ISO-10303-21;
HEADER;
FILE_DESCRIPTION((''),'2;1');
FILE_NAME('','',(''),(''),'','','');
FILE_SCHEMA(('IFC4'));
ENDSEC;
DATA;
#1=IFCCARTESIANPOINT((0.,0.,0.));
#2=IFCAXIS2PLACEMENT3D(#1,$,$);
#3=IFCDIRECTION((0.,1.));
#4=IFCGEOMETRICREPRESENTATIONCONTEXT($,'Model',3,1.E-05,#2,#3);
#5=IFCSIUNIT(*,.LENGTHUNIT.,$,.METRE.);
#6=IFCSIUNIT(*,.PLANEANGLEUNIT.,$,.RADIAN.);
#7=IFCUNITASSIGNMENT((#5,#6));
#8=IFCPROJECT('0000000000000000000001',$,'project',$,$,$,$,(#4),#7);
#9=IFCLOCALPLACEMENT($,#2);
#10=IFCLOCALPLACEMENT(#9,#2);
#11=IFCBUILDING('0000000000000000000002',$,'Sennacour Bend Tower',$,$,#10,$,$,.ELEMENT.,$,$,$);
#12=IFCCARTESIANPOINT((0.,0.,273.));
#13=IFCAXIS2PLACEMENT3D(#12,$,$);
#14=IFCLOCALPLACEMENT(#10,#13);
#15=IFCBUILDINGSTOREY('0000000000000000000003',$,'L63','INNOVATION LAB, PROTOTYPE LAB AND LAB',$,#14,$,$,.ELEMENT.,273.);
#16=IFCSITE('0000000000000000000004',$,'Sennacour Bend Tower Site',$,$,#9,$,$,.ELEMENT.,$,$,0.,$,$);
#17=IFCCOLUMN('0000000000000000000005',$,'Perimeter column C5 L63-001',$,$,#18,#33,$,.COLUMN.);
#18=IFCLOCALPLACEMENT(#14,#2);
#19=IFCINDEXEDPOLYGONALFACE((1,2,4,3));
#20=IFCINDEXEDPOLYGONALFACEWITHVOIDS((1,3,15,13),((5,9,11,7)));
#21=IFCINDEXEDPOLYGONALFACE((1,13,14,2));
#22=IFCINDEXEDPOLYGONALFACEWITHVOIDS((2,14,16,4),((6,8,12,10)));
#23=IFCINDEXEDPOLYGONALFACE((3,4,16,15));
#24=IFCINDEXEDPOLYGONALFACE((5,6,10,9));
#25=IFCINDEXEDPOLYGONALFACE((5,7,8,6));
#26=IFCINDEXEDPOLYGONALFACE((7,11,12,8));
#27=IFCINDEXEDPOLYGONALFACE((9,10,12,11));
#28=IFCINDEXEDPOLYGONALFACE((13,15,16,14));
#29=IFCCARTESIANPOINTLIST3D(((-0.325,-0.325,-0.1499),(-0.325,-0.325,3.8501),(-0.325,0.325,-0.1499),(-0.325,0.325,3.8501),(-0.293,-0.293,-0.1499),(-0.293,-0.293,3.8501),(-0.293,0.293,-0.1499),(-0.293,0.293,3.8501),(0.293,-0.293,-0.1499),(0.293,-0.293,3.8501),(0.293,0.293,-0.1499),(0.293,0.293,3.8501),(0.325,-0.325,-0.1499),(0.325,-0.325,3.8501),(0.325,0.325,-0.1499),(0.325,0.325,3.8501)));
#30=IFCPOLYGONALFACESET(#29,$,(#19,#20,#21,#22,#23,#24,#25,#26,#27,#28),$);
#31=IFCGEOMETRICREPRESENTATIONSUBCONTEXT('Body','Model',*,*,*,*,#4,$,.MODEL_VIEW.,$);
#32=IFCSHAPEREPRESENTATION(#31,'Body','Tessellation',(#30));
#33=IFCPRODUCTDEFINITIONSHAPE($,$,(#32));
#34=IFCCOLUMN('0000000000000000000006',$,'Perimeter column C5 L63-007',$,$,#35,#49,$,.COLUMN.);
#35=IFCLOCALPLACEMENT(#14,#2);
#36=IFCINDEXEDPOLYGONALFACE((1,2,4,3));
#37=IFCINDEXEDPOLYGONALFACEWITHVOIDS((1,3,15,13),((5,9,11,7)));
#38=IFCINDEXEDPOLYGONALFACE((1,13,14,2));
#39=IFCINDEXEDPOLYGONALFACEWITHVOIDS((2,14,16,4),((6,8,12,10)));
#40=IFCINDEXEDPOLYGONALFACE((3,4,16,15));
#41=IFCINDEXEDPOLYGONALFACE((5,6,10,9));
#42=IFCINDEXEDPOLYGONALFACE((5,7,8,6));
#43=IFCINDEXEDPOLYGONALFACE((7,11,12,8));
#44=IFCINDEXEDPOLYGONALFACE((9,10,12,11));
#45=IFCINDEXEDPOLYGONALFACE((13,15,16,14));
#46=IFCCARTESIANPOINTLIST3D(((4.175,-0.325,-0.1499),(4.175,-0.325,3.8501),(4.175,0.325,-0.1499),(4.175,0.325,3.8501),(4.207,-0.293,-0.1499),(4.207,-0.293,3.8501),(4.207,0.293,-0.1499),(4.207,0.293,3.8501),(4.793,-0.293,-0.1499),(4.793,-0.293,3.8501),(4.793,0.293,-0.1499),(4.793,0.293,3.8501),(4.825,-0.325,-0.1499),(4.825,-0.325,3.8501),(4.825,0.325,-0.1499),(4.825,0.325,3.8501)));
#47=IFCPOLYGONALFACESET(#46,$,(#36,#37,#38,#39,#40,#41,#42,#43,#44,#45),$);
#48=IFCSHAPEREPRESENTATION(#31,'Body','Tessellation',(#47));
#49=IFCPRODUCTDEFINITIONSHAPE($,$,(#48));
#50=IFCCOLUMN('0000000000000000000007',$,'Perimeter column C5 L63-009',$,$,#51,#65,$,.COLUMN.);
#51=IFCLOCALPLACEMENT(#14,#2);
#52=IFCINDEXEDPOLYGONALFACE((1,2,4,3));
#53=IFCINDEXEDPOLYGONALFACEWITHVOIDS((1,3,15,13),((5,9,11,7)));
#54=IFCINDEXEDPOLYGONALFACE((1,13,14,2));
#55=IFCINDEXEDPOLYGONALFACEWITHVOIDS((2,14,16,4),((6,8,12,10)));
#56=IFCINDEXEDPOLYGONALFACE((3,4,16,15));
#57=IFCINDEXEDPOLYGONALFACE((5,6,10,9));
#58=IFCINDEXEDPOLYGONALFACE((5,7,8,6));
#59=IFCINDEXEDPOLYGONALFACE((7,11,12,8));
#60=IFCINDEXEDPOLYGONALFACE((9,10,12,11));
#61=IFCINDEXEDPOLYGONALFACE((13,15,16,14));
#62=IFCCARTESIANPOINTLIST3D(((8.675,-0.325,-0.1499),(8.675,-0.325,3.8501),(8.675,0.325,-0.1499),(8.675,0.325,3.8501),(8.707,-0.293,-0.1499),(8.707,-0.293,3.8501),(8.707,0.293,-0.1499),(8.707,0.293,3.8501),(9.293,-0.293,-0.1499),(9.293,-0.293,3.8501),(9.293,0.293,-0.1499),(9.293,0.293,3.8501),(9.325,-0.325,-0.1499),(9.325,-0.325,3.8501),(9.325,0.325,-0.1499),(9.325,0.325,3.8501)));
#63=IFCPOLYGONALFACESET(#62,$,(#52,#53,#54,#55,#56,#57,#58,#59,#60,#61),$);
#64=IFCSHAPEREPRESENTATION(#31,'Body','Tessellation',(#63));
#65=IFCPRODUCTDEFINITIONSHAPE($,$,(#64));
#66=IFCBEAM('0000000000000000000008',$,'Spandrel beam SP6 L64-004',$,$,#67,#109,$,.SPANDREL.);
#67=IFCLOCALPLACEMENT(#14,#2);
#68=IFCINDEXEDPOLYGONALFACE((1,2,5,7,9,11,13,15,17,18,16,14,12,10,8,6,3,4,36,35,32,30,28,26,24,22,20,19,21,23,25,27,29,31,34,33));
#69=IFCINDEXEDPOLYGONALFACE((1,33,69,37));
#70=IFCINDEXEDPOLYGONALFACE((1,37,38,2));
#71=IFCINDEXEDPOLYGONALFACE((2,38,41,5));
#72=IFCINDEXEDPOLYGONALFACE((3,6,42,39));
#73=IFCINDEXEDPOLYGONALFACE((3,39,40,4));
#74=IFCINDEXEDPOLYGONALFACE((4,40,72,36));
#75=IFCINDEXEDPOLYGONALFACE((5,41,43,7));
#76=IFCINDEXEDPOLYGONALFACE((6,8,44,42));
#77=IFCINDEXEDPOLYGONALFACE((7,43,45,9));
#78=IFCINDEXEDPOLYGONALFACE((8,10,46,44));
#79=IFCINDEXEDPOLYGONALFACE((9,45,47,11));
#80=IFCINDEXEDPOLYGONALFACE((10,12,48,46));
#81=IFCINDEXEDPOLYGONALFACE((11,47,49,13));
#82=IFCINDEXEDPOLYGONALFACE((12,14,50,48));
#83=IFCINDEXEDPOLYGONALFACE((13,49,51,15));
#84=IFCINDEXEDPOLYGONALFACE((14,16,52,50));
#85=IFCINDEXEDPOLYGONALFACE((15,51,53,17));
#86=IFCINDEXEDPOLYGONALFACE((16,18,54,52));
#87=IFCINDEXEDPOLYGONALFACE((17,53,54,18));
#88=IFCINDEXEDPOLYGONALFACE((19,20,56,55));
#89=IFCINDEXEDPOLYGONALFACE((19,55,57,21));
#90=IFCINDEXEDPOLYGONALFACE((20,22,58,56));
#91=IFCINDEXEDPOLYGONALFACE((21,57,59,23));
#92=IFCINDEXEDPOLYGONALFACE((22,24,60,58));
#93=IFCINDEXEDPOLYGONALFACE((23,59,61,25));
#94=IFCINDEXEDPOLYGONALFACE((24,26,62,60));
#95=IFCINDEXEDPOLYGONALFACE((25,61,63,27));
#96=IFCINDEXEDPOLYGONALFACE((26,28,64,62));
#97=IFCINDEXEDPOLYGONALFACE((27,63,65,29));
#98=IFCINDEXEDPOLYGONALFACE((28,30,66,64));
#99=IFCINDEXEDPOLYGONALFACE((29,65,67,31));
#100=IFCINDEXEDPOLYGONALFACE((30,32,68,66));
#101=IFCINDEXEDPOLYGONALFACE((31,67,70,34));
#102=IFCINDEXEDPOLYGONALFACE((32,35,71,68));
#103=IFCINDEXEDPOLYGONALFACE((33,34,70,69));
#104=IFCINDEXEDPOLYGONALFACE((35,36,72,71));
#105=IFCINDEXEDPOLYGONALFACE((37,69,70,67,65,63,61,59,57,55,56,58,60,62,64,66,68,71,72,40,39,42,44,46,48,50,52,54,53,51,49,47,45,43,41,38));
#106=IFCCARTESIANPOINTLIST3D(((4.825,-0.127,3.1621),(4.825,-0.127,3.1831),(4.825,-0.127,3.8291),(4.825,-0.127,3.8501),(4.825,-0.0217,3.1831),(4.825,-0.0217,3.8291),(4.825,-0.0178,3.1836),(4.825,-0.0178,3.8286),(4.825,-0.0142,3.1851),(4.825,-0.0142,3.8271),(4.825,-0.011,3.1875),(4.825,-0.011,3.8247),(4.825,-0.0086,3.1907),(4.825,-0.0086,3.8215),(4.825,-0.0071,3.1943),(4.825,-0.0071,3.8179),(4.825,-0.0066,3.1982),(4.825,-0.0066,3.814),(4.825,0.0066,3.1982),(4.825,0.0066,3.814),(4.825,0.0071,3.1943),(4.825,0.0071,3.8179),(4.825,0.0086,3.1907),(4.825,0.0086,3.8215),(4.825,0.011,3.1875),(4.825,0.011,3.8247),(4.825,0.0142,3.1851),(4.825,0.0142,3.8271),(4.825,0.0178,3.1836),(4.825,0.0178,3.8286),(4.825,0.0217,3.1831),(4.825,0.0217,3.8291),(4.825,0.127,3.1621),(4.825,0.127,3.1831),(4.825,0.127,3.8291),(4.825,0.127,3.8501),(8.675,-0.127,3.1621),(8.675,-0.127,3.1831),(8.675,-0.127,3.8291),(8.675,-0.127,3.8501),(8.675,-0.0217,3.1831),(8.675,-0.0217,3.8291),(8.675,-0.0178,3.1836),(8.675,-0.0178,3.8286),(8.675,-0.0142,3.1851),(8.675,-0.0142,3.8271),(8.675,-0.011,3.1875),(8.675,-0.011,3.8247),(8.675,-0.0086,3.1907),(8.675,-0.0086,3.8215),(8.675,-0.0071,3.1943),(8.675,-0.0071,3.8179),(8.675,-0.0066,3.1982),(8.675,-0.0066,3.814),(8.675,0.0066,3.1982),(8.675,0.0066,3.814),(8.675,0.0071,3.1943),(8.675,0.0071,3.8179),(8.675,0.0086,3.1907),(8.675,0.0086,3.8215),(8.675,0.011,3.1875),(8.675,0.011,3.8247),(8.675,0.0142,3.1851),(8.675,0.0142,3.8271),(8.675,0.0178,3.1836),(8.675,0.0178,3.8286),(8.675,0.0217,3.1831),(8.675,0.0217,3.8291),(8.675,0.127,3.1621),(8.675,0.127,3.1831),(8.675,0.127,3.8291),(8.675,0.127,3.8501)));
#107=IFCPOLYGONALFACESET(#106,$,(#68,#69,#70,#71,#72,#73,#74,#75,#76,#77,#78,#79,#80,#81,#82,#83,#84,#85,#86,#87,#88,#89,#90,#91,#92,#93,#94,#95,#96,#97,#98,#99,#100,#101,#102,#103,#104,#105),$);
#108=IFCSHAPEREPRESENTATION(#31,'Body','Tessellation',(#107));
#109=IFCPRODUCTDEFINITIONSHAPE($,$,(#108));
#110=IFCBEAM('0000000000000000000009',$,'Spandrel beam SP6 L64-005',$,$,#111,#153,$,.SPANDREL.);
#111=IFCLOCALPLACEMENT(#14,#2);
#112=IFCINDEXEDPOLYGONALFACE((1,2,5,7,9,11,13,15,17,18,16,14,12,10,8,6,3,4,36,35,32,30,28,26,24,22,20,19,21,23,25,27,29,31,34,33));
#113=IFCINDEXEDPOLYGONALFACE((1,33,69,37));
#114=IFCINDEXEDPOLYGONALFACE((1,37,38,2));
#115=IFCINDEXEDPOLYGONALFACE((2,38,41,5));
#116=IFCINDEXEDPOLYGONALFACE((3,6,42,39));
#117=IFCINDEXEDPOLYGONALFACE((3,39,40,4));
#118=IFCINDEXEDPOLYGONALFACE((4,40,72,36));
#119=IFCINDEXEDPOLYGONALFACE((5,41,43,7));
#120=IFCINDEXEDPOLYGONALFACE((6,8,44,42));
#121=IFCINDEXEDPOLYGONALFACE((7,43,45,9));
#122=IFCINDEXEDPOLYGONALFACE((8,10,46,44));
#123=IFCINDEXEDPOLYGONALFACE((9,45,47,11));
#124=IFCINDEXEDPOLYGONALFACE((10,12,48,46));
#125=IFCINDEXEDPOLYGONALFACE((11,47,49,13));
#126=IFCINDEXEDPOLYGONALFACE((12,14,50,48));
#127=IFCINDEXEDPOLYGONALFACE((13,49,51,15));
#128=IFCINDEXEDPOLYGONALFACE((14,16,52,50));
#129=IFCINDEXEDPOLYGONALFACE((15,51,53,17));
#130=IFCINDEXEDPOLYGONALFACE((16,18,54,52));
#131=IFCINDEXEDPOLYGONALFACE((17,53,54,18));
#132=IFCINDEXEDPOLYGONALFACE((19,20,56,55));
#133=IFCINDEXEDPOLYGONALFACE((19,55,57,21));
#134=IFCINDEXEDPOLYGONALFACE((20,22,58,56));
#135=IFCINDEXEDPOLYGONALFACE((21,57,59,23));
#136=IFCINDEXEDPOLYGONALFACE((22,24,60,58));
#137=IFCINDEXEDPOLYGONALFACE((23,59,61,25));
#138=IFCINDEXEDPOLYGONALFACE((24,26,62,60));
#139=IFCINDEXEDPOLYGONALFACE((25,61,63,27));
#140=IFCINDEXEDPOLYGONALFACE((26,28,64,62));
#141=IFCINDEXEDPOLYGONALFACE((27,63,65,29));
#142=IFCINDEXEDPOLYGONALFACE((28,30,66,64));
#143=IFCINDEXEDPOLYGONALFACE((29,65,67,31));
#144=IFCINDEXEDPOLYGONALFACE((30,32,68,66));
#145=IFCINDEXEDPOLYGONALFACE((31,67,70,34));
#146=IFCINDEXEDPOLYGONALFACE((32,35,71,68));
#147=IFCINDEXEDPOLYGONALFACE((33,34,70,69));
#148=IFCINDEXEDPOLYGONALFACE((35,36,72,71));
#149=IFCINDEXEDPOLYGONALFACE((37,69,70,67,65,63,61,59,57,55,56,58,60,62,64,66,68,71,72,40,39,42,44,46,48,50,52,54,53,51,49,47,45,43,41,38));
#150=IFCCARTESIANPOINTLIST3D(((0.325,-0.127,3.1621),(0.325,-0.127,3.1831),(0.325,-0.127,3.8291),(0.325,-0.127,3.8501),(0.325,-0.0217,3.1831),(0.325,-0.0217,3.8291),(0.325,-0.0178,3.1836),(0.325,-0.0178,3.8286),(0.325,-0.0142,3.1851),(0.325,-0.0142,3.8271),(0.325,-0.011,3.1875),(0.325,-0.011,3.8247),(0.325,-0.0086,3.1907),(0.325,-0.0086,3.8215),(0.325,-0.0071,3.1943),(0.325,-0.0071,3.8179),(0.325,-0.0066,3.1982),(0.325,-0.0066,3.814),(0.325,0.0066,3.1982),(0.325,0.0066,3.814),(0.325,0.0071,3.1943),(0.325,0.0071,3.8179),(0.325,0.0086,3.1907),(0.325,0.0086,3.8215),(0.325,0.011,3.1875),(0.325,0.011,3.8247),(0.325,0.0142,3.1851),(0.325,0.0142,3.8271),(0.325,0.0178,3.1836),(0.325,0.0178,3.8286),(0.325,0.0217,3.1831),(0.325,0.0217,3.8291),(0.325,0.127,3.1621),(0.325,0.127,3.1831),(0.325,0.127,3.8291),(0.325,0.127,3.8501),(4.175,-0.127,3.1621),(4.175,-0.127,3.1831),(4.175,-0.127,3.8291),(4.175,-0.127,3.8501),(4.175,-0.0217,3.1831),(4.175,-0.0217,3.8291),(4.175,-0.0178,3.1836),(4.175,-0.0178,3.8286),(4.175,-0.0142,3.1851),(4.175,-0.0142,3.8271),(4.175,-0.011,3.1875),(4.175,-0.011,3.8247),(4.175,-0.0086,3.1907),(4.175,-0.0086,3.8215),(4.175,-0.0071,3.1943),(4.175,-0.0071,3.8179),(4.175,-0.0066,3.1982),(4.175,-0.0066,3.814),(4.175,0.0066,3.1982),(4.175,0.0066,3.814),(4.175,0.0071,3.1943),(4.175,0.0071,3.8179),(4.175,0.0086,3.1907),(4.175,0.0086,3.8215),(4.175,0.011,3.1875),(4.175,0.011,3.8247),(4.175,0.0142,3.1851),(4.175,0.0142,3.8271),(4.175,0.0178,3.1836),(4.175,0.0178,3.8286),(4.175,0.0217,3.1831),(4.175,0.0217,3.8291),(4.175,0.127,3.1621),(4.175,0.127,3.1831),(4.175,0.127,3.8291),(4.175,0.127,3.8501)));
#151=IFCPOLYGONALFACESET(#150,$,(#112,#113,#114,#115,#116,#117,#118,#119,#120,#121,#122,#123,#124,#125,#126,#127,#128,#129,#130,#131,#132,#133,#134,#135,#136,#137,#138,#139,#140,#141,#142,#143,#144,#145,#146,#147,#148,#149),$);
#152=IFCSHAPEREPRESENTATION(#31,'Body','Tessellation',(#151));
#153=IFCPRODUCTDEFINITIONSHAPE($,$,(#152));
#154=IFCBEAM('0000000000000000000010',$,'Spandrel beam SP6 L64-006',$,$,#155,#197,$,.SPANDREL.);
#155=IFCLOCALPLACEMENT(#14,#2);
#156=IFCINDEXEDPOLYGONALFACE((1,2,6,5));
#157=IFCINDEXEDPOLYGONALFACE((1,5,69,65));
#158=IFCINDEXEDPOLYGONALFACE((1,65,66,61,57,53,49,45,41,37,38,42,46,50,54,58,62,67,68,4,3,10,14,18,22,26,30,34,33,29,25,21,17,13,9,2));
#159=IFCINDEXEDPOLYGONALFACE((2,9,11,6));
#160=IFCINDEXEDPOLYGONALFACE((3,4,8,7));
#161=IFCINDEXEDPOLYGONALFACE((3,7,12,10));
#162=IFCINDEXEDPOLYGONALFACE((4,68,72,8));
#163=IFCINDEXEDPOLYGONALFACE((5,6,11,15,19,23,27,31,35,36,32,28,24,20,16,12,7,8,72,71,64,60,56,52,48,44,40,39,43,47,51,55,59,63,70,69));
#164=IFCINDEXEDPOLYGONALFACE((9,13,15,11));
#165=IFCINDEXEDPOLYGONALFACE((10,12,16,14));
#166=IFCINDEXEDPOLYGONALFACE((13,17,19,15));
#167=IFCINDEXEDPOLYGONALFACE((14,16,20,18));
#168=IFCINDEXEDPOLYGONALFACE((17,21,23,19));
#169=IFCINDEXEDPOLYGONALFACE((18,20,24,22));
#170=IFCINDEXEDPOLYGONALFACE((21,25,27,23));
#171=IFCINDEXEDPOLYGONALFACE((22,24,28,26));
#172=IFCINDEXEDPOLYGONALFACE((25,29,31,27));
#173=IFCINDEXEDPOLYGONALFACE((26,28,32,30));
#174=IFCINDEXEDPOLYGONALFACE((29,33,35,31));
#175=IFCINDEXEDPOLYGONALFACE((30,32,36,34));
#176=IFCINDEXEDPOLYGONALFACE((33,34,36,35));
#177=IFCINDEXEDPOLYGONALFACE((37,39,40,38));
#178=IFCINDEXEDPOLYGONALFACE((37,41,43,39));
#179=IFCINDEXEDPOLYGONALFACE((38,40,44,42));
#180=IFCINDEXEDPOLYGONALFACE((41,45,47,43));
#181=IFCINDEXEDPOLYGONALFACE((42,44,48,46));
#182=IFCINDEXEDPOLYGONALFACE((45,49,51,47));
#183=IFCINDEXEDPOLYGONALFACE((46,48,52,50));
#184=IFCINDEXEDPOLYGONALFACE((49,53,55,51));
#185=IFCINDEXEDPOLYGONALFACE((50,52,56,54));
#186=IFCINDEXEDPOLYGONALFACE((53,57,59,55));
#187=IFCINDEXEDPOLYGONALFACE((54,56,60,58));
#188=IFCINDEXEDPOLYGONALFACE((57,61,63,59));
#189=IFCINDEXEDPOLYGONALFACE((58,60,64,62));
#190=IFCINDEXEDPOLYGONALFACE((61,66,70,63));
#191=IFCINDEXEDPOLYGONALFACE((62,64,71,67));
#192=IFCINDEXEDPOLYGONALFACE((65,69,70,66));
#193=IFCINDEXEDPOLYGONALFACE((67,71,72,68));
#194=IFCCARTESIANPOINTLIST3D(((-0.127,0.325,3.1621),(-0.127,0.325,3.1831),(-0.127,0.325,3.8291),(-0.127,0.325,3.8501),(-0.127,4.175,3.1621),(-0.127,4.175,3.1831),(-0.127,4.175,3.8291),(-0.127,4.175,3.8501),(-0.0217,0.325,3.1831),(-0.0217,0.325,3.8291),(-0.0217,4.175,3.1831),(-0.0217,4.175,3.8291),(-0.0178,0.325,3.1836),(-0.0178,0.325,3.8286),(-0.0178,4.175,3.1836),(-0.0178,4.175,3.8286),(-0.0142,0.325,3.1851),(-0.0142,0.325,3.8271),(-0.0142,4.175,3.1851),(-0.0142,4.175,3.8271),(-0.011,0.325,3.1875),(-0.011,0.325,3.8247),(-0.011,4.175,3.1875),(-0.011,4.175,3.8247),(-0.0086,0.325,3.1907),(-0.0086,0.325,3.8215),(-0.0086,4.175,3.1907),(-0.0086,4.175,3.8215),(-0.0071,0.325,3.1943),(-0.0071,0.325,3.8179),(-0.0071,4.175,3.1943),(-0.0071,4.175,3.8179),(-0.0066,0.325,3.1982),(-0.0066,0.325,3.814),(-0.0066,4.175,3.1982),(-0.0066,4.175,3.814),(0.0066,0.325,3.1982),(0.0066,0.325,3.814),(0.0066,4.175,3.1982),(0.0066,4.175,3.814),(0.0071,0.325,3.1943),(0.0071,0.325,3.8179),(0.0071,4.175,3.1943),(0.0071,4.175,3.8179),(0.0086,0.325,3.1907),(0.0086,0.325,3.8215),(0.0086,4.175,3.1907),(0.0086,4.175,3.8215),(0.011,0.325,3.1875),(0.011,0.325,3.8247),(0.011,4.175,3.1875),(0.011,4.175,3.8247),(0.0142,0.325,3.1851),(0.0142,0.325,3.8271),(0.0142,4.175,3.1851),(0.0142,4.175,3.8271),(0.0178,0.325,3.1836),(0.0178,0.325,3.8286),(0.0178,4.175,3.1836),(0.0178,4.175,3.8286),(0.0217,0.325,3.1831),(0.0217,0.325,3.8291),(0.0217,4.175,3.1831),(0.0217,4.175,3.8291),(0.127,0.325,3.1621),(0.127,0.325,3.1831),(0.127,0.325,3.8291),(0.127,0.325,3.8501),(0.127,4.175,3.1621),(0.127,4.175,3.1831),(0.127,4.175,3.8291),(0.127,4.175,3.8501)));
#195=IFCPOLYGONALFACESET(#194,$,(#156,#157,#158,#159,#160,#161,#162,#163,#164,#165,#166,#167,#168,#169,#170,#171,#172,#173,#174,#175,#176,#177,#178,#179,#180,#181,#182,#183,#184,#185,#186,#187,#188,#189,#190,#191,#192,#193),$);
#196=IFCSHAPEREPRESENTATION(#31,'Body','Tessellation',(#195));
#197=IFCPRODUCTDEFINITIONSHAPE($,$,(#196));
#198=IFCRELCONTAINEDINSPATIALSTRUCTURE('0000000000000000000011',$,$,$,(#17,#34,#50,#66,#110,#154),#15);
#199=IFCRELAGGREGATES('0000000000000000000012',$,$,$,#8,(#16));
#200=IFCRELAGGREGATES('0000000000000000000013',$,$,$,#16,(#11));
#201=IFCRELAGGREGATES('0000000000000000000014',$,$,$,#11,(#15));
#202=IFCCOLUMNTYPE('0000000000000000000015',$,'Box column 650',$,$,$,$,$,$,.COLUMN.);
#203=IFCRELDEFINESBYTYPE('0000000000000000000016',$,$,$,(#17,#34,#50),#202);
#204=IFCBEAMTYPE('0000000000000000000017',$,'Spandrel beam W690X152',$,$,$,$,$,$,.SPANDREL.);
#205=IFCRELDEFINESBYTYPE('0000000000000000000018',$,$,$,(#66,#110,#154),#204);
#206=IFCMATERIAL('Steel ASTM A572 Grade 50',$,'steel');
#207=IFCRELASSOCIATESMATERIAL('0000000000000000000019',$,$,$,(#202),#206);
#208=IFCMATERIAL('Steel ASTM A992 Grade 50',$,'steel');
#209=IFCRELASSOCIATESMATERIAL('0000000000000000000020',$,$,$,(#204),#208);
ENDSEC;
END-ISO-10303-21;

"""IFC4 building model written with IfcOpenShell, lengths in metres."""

from ifc_helpers import new_model, si_unit, direction, frame, origin, origin_2d, place, context, subcontext, project, spatial, hollow_rectangle, i_section, extrude, material, material_profile, profile_set, type_object, element, save


model = new_model("IFC4")

# Units and contexts
model_context = context("Model", 3, precision=1e-05, world=origin(), true_north=direction((0.0, 1.0)))
body_context = subcontext(model_context, "Body", "Model", "MODEL_VIEW")
ifc_project = project(units=[si_unit("LENGTHUNIT", "METRE"), si_unit("PLANEANGLEUNIT", "RADIAN")], contexts=[model_context])

# Site, building, storey
site_placement = place(None, origin())
site = spatial("IfcSite", under=ifc_project, at=site_placement, Name="Sennacour Bend Tower Site", CompositionType="ELEMENT", RefElevation=0.0)
building_placement = place(site_placement, origin())
building = spatial("IfcBuilding", under=site, at=building_placement, Name="Sennacour Bend Tower", CompositionType="ELEMENT")
storey_placement = place(building_placement, frame((0.0, 0.0, 273.0)))
storey = spatial("IfcBuildingStorey", under=building, at=storey_placement, Name="L63", Description="INNOVATION LAB, PROTOTYPE LAB AND LAB", CompositionType="ELEMENT", Elevation=273.0)

# Columns
ifc_material_1 = material(Name="Steel ASTM A572 Grade 50", Category="steel")
ifc_material_profile_1 = material_profile(ifc_material_1, hollow_rectangle(XDim=0.6499, YDim=0.6499, WallThickness=0.032, at=origin_2d()), Name="Steel ASTM A572 Grade 50", Category="steel")
ifc_profile_set_1 = profile_set([ifc_material_profile_1], Name="Steel ASTM A572 Grade 50")
column_type = type_object("IfcColumnType", Name="Box column 650", PredefinedType="COLUMN", material=ifc_profile_set_1)
for number, where, z_axis, x_axis, name in (
    (1, (0.0, 0.0, -0.1499), (0.0, 0.0, 1.0), (1.0, 0.0, 0.0), "Perimeter column C5 L63-001"),
    (2, (4.5, 0.0, -0.1499), (0.0, 0.0, 1.0), (1.0, 0.0, 0.0), "Perimeter column C5 L63-007"),
    (3, (9.0, 0.0, -0.1499), (0.0, 0.0, 1.0), (1.0, 0.0, 0.0), "Perimeter column C5 L63-009"),
):
    element("IfcColumn", number, at=place(storey_placement, frame(where, z_axis=z_axis, x_axis=x_axis)), inside=storey, type_object=column_type, Name=name, PredefinedType="COLUMN", context=body_context, shape_type="SweptSolid", body=[
        extrude(hollow_rectangle(XDim=0.6499, YDim=0.6499, WallThickness=0.032, at=origin_2d()), origin(), (0.0, 0.0, 1.0), 4.0),
    ])

# Beams
ifc_material_2 = material(Name="Steel ASTM A992 Grade 50", Category="steel")
ifc_material_profile_2 = material_profile(ifc_material_2, i_section(OverallWidth=0.2539, OverallDepth=0.688, WebThickness=0.0132, FlangeThickness=0.021, FilletRadius=0.0151, at=origin_2d()), Name="Steel ASTM A992 Grade 50", Category="steel")
ifc_profile_set_2 = profile_set([ifc_material_profile_2], Name="Steel ASTM A992 Grade 50")
beam_type = type_object("IfcBeamType", Name="Spandrel beam W690X152", PredefinedType="SPANDREL", material=ifc_profile_set_2)
for number, where, z_axis, x_axis, name in (
    (4, (8.675, 0.0, 3.5061), (-1.0, 0.0, 0.0), (0.0, -1.0, 0.0), "Spandrel beam SP6 L64-004"),
    (5, (4.175, 0.0, 3.5061), (-1.0, 0.0, 0.0), (0.0, -1.0, 0.0), "Spandrel beam SP6 L64-005"),
    (6, (0.0, 0.325, 3.5061), (0.0, 1.0, 0.0), (-1.0, 0.0, 0.0), "Spandrel beam SP6 L64-006"),
):
    element("IfcBeam", number, at=place(storey_placement, frame(where, z_axis=z_axis, x_axis=x_axis)), inside=storey, type_object=beam_type, Name=name, PredefinedType="SPANDREL", context=body_context, shape_type="SweptSolid", body=[
        extrude(i_section(OverallWidth=0.2539, OverallDepth=0.688, WebThickness=0.0132, FlangeThickness=0.021, FilletRadius=0.0151, at=origin_2d()), origin(), (0.0, 0.0, 1.0), 3.8501),
    ])

save(model, "model.ifc")
